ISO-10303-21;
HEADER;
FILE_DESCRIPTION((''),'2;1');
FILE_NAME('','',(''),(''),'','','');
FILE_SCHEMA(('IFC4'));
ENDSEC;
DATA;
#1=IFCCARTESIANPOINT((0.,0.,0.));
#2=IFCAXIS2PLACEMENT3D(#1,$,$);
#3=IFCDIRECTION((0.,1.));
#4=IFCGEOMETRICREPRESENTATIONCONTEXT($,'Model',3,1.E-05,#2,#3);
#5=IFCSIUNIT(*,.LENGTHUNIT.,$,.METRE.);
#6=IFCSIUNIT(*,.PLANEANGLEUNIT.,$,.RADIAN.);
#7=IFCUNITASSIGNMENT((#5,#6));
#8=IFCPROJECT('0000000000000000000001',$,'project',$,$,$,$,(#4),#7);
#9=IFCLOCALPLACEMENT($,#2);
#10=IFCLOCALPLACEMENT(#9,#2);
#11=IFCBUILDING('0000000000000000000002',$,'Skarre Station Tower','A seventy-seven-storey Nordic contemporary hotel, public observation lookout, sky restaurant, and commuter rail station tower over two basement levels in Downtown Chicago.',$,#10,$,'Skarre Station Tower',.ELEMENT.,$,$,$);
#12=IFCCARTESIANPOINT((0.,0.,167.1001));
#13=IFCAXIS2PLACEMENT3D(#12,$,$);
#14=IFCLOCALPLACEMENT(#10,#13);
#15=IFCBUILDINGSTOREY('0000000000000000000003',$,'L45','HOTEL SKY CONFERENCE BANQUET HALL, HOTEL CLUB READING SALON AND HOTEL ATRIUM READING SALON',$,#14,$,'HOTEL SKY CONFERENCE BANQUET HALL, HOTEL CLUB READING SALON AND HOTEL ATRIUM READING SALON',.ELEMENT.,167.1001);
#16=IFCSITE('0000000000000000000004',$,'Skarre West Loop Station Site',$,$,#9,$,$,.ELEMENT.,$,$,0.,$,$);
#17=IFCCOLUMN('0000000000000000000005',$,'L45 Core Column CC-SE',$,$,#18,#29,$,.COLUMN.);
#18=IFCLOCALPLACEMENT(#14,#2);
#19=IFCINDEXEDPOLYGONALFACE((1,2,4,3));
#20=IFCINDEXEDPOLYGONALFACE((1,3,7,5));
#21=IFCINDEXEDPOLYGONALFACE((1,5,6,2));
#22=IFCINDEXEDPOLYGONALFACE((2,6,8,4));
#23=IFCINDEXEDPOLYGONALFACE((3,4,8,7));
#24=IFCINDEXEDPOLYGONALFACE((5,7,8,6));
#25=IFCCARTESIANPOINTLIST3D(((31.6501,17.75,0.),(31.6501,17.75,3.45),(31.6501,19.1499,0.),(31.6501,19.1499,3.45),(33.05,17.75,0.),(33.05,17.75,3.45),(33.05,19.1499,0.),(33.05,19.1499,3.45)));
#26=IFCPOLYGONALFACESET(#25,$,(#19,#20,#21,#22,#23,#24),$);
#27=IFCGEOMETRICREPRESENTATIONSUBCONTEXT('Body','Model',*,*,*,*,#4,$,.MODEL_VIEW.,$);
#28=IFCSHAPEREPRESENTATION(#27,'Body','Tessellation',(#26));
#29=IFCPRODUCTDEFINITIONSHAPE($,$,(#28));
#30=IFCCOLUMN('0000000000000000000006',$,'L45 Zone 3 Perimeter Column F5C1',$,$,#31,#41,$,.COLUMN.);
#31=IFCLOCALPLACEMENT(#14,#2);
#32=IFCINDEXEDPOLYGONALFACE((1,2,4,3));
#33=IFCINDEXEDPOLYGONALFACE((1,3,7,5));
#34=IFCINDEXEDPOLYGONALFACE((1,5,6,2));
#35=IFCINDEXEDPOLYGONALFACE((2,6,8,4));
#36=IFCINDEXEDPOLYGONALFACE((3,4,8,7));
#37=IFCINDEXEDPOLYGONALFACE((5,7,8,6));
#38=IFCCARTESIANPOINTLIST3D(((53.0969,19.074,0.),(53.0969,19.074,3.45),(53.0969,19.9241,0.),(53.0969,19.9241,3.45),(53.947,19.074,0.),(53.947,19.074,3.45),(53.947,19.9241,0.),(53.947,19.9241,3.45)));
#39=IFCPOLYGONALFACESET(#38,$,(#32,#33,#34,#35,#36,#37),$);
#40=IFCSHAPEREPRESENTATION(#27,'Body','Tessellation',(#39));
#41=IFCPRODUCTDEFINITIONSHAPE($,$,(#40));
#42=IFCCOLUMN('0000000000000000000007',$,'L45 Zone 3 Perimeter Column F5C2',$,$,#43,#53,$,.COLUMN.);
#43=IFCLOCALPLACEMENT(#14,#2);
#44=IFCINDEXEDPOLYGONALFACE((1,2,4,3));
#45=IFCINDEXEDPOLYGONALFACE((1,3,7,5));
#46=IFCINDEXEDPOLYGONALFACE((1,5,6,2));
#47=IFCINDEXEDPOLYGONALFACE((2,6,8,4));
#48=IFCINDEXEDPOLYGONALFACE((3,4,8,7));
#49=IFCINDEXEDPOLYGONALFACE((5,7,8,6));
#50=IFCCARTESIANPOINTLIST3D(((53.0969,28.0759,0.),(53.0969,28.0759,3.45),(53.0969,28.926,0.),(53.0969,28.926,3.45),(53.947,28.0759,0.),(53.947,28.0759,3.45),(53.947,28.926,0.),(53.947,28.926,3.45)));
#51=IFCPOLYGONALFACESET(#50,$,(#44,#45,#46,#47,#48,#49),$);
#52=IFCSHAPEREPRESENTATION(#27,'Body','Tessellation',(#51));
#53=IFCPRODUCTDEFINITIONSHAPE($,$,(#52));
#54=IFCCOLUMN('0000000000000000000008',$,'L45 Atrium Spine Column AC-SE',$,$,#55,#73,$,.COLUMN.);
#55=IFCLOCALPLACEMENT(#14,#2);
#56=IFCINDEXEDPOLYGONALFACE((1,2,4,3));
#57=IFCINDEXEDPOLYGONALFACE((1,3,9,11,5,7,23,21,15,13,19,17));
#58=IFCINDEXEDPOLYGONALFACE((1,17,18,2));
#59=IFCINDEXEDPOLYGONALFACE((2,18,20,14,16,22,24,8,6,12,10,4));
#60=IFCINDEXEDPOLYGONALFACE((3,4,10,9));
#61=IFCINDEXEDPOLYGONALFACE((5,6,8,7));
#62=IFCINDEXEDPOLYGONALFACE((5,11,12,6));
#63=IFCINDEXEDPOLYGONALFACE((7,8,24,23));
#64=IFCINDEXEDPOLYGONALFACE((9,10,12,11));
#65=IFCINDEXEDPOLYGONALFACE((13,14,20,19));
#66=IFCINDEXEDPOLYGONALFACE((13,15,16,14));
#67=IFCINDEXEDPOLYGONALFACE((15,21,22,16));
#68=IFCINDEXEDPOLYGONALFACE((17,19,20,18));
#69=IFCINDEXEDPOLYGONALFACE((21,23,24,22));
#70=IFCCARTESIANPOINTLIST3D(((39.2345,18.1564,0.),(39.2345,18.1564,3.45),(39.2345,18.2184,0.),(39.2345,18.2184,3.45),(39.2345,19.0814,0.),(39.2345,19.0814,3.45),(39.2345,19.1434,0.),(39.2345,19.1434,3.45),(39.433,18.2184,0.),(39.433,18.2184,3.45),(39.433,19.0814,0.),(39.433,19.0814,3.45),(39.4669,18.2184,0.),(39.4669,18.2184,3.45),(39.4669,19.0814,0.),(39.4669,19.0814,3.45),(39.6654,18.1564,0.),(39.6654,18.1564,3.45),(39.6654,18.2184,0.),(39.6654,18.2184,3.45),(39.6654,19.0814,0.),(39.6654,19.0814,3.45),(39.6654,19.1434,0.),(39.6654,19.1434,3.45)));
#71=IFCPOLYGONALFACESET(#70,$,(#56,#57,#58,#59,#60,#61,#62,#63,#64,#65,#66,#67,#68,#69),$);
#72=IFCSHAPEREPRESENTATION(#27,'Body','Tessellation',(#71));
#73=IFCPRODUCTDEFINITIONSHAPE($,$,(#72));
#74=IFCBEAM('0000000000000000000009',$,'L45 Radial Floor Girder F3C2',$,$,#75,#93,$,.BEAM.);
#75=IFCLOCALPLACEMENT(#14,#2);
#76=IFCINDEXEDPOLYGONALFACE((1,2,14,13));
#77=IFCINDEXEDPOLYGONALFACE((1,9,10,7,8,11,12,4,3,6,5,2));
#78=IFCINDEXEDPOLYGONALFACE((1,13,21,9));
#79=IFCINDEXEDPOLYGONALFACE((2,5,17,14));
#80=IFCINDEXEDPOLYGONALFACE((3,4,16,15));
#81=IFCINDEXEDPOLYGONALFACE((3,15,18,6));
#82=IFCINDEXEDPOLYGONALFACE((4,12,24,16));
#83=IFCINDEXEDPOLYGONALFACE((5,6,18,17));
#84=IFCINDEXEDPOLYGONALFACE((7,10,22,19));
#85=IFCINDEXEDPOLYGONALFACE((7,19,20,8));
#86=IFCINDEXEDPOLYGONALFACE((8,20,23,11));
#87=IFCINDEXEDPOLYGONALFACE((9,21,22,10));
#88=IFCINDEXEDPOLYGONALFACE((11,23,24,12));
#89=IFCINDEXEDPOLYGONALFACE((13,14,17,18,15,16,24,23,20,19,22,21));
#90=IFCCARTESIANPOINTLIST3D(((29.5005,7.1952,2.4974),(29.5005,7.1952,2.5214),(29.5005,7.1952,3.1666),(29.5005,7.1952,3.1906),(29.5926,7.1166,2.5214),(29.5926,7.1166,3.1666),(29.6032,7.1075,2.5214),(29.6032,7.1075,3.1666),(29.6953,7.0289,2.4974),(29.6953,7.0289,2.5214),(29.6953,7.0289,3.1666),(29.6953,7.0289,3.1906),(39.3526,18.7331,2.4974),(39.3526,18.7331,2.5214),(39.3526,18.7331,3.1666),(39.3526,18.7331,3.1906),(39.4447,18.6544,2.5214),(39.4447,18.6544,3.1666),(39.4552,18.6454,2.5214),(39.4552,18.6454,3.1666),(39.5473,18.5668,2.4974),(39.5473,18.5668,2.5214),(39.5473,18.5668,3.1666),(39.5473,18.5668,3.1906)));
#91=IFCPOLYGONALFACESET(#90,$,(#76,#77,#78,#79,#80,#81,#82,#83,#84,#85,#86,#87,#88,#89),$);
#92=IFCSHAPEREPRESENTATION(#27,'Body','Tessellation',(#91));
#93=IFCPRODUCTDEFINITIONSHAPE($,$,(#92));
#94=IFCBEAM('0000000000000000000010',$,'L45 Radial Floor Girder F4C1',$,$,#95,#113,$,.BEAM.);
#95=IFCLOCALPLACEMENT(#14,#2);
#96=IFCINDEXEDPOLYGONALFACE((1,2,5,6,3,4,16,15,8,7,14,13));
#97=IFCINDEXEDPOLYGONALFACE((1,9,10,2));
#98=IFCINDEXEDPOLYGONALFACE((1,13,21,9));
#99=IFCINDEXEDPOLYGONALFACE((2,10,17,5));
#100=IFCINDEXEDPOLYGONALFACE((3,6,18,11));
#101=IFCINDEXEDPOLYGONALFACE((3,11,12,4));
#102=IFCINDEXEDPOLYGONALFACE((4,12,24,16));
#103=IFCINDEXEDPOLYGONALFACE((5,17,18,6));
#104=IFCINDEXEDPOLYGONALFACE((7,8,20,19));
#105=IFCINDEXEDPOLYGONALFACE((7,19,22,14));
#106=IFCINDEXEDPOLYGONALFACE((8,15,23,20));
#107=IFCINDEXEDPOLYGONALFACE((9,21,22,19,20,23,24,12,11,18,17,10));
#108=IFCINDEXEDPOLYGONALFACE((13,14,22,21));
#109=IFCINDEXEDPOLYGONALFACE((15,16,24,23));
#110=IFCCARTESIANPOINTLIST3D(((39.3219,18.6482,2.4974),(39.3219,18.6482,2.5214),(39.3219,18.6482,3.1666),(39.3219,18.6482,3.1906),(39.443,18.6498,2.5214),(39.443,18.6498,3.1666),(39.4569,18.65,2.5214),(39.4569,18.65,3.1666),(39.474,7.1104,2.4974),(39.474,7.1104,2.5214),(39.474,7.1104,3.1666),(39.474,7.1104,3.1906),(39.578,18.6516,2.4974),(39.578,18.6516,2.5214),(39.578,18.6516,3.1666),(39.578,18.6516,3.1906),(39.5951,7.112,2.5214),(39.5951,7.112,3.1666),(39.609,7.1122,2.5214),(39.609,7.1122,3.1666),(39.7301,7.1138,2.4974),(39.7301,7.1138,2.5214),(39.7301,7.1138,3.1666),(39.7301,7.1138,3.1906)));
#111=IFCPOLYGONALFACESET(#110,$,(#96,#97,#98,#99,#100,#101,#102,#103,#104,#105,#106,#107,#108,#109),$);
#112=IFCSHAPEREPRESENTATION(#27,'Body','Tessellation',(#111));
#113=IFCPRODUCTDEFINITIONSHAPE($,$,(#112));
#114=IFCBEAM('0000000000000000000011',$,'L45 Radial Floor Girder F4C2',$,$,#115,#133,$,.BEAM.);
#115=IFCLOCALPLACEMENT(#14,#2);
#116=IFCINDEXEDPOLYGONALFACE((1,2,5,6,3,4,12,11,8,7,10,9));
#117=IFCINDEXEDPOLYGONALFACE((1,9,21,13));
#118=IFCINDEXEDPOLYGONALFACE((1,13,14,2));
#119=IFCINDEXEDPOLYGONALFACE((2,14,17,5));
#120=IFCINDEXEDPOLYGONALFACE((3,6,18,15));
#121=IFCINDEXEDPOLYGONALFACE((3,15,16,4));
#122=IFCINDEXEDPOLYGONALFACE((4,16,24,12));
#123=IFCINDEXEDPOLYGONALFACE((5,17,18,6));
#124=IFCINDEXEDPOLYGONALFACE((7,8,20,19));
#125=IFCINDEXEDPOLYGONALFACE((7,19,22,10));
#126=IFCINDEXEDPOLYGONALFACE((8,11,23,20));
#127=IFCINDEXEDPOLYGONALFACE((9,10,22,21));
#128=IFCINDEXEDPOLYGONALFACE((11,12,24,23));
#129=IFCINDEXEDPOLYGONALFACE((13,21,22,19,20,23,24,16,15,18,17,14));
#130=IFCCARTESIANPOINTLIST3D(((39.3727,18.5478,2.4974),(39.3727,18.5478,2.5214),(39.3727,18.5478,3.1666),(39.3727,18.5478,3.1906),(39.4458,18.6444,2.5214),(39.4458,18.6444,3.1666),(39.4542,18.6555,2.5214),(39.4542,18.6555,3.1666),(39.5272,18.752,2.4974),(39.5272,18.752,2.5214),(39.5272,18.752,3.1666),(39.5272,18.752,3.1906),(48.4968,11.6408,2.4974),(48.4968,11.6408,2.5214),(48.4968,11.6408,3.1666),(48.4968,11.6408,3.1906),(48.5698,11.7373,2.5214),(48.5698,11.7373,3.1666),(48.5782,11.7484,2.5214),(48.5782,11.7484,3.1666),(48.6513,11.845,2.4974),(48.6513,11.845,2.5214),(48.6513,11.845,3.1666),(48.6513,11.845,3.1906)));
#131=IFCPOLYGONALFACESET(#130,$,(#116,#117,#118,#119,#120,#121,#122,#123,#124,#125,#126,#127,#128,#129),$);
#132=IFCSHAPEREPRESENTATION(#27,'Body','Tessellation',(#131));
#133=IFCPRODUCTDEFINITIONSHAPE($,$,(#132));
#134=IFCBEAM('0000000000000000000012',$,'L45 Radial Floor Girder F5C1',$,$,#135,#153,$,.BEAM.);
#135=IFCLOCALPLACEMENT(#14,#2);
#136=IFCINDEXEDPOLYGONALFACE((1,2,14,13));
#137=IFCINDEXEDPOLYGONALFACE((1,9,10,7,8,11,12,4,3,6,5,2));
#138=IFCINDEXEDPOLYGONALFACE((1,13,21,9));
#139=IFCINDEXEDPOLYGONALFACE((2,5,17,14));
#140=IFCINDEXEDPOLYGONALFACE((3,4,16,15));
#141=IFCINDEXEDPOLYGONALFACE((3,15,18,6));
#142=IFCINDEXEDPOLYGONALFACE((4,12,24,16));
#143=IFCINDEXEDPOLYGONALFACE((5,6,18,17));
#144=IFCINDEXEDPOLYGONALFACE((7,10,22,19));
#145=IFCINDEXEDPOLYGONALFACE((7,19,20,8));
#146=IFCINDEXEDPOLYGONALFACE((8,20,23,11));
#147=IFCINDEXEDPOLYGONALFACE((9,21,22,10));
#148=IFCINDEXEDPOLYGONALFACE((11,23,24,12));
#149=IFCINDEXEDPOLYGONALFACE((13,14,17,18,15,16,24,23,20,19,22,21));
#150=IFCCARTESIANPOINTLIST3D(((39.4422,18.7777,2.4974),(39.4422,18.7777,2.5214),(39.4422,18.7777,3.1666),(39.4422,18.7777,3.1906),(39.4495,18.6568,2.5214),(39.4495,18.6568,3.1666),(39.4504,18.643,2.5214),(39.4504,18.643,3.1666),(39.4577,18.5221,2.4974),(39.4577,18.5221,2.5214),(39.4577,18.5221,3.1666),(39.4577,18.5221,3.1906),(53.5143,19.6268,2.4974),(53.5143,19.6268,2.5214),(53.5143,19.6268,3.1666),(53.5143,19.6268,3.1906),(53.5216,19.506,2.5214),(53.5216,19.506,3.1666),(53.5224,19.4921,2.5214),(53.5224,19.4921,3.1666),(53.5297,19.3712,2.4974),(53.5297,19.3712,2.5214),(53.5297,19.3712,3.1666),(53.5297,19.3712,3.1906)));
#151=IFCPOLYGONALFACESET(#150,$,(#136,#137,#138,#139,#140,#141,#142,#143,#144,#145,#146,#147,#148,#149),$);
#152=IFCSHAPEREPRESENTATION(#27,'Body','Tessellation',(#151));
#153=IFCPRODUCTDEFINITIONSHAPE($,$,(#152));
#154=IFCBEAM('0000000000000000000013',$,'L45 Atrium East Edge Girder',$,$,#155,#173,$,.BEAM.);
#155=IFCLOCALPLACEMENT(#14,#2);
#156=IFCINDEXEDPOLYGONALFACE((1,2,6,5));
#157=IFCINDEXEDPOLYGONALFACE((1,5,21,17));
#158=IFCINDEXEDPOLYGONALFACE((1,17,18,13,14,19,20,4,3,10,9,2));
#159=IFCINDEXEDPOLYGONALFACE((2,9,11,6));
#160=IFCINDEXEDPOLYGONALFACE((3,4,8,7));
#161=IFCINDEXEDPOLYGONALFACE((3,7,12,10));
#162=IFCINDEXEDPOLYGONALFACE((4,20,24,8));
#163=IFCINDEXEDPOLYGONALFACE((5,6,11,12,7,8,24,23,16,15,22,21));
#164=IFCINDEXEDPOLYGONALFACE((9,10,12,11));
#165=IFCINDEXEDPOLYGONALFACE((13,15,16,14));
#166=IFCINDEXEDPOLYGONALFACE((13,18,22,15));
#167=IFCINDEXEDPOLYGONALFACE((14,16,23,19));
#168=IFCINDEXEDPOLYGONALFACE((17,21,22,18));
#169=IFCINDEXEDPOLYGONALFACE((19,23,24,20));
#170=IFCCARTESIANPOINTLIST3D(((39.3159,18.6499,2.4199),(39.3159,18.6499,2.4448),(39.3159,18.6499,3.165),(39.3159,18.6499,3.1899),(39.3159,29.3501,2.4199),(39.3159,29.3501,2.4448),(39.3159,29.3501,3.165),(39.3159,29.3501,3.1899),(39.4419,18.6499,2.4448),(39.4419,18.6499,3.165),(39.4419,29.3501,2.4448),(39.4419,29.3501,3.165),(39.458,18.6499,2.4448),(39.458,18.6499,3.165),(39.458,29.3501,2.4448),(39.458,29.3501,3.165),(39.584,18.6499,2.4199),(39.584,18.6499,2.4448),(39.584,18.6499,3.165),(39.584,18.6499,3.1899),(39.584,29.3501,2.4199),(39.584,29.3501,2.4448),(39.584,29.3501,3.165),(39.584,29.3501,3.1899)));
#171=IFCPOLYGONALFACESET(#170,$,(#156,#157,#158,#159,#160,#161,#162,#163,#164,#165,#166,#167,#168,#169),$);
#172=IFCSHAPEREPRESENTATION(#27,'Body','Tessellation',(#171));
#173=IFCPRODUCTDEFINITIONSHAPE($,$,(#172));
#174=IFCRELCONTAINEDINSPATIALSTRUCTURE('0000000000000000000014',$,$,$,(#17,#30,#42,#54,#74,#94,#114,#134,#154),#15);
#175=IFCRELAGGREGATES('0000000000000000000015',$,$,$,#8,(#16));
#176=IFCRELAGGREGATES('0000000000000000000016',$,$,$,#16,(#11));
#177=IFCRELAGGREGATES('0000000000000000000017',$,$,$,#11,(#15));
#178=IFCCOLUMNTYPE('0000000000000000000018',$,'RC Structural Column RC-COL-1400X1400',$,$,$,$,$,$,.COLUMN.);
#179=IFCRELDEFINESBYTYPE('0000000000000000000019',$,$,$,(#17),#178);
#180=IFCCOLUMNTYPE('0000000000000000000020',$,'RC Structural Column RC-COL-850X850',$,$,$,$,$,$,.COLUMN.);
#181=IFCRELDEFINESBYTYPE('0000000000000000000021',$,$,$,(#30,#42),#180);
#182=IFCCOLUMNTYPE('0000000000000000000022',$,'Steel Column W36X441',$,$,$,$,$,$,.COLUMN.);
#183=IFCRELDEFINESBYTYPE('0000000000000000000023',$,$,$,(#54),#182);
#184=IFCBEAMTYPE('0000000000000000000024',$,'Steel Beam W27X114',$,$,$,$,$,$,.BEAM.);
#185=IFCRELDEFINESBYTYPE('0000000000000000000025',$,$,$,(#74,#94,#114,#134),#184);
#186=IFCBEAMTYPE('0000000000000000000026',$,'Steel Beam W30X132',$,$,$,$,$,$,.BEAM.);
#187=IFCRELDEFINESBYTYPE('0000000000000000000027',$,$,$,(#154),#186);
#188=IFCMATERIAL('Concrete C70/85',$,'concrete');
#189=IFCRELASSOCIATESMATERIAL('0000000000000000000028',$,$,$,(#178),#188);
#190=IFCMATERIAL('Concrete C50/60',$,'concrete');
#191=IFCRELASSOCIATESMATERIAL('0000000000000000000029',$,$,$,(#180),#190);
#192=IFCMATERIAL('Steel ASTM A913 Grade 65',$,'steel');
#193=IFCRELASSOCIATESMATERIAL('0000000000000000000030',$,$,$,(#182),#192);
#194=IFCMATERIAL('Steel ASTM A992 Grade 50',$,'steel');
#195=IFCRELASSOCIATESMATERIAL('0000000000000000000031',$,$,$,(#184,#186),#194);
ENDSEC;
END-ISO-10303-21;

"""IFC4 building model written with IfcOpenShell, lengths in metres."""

from ifc_helpers import new_model, si_unit, direction, frame, origin, origin_2d, place, context, subcontext, project, spatial, rectangle, i_section, extrude, material, material_profile, profile_set, type_object, element, save


model = new_model("IFC4")

# Units and contexts
model_context = context("Model", 3, precision=1e-05, world=origin(), true_north=direction((0.0, 1.0)))
body_context = subcontext(model_context, "Body", "Model", "MODEL_VIEW")
ifc_project = project(units=[si_unit("LENGTHUNIT", "METRE"), si_unit("PLANEANGLEUNIT", "RADIAN")], contexts=[model_context])

# Site, building, storey
site_placement = place(None, origin())
site = spatial("IfcSite", under=ifc_project, at=site_placement, Name="Skarre West Loop Station Site", CompositionType="ELEMENT", RefElevation=0.0)
building_placement = place(site_placement, origin())
building = spatial("IfcBuilding", under=site, at=building_placement, Name="Skarre Station Tower", Description="A seventy-seven-storey Nordic contemporary hotel, public observation lookout, sky restaurant, and commuter rail station tower over two basement levels in Downtown Chicago.", LongName="Skarre Station Tower", CompositionType="ELEMENT")
storey_placement = place(building_placement, frame((0.0, 0.0, 167.1001)))
storey = spatial("IfcBuildingStorey", under=building, at=storey_placement, Name="L45", Description="HOTEL SKY CONFERENCE BANQUET HALL, HOTEL CLUB READING SALON AND HOTEL ATRIUM READING SALON", LongName="HOTEL SKY CONFERENCE BANQUET HALL, HOTEL CLUB READING SALON AND HOTEL ATRIUM READING SALON", CompositionType="ELEMENT", Elevation=167.1001)

# Columns
ifc_material_1 = material(Name="Concrete C70/85", Category="concrete")
ifc_material_profile_1 = material_profile(ifc_material_1, rectangle(XDim=1.3999, YDim=1.3999, at=origin_2d()), Name="Concrete C70/85")
ifc_profile_set_1 = profile_set([ifc_material_profile_1], Name="Concrete C70/85")
column_type_1 = type_object("IfcColumnType", Name="RC Structural Column RC-COL-1400X1400", PredefinedType="COLUMN", material=ifc_profile_set_1)
column_1_placement = place(storey_placement, frame((32.3501, 18.45, 0.0), z_axis=(0.0, 0.0, 1.0), x_axis=(1.0, 0.0, 0.0)))
element("IfcColumn", 1, at=column_1_placement, inside=storey, type_object=column_type_1, Name="L45 Core Column CC-SE", PredefinedType="COLUMN", context=body_context, shape_type="SweptSolid", body=[
    extrude(rectangle(XDim=1.3999, YDim=1.3999, at=origin_2d()), origin(), (0.0, 0.0, 1.0), 3.45),
])
ifc_material_2 = material(Name="Concrete C50/60", Category="concrete")
ifc_material_profile_2 = material_profile(ifc_material_2, rectangle(XDim=0.8501, YDim=0.8501, at=origin_2d()), Name="Concrete C50/60")
ifc_profile_set_2 = profile_set([ifc_material_profile_2], Name="Concrete C50/60")
column_type_2 = type_object("IfcColumnType", Name="RC Structural Column RC-COL-850X850", PredefinedType="COLUMN", material=ifc_profile_set_2)
for number, where, z_axis, x_axis, name in (
    (2, (53.522, 19.499, 0.0), (0.0, 0.0, 1.0), (1.0, 0.0, 0.0), "L45 Zone 3 Perimeter Column F5C1"),
    (3, (53.522, 28.501, 0.0), (0.0, 0.0, 1.0), (1.0, 0.0, 0.0), "L45 Zone 3 Perimeter Column F5C2"),
):
    element("IfcColumn", number, at=place(storey_placement, frame(where, z_axis=z_axis, x_axis=x_axis)), inside=storey, type_object=column_type_2, Name=name, PredefinedType="COLUMN", context=body_context, shape_type="SweptSolid", body=[
        extrude(rectangle(XDim=0.8501, YDim=0.8501, at=origin_2d()), origin(), (0.0, 0.0, 1.0), 3.45),
    ])
ifc_material_3 = material(Name="Steel ASTM A913 Grade 65", Category="steel")
ifc_material_profile_3 = material_profile(ifc_material_3, i_section(OverallWidth=0.4309, OverallDepth=0.9871, WebThickness=0.0339, FlangeThickness=0.062, at=origin_2d()), Name="Steel ASTM A913 Grade 65")
ifc_profile_set_3 = profile_set([ifc_material_profile_3], Name="Steel ASTM A913 Grade 65")
column_type_3 = type_object("IfcColumnType", Name="Steel Column W36X441", PredefinedType="COLUMN", material=ifc_profile_set_3)
column_2_placement = place(storey_placement, frame((39.45, 18.6499, 0.0), z_axis=(0.0, 0.0, 1.0), x_axis=(1.0, 0.0, 0.0)))
element("IfcColumn", 4, at=column_2_placement, inside=storey, type_object=column_type_3, Name="L45 Atrium Spine Column AC-SE", PredefinedType="COLUMN", context=body_context, shape_type="SweptSolid", body=[
    extrude(i_section(OverallWidth=0.4309, OverallDepth=0.9871, WebThickness=0.0339, FlangeThickness=0.062, at=origin_2d()), origin(), (0.0, 0.0, 1.0), 3.45),
])

# Beams
ifc_material_4 = material(Name="Steel ASTM A992 Grade 50", Category="steel")
ifc_material_profile_4 = material_profile(ifc_material_4, i_section(OverallWidth=0.2561, OverallDepth=0.6931, WebThickness=0.0139, FlangeThickness=0.0239, at=origin_2d()), Name="Steel ASTM A992 Grade 50")
ifc_profile_set_4 = profile_set([ifc_material_profile_4], Name="Steel ASTM A992 Grade 50")
beam_type_1 = type_object("IfcBeamType", Name="Steel Beam W27X114", PredefinedType="BEAM", material=ifc_profile_set_4)
beam_1_placement = place(storey_placement, frame((39.45, 18.6499, 2.844), z_axis=(-0.649364, -0.760477, 0.0), x_axis=(0.760477, -0.649364, 0.0)))
element("IfcBeam", 5, at=beam_1_placement, inside=storey, type_object=beam_type_1, Name="L45 Radial Floor Girder F3C2", PredefinedType="BEAM", context=body_context, shape_type="SweptSolid", body=[
    extrude(i_section(OverallWidth=0.2561, OverallDepth=0.6931, WebThickness=0.0139, FlangeThickness=0.0239, at=origin_2d()), origin(), (0.0, 0.0, 1.0), 15.1719),
])
beam_2_placement = place(storey_placement, frame((39.45, 18.6499, 2.844), z_axis=(0.013182, -0.999913, 0.0), x_axis=(0.999913, 0.013182, 0.0)))
element("IfcBeam", 6, at=beam_2_placement, inside=storey, type_object=beam_type_1, Name="L45 Radial Floor Girder F4C1", PredefinedType="BEAM", context=body_context, shape_type="SweptSolid", body=[
    extrude(i_section(OverallWidth=0.2561, OverallDepth=0.6931, WebThickness=0.0139, FlangeThickness=0.0239, at=origin_2d()), origin(), (0.0, 0.0, 1.0), 11.5388),
])
beam_3_placement = place(storey_placement, frame((39.45, 18.6499, 2.844), z_axis=(0.797309, -0.603571, 0.0), x_axis=(0.603571, 0.797309, 0.0)))
element("IfcBeam", 7, at=beam_3_placement, inside=storey, type_object=beam_type_1, Name="L45 Radial Floor Girder F4C2", PredefinedType="BEAM", context=body_context, shape_type="SweptSolid", body=[
    extrude(i_section(OverallWidth=0.2561, OverallDepth=0.6931, WebThickness=0.0139, FlangeThickness=0.0239, at=origin_2d()), origin(), (0.0, 0.0, 1.0), 11.4436),
])
beam_4_placement = place(storey_placement, frame((39.45, 18.6499, 2.844), z_axis=(0.998184, 0.060232, 0.0), x_axis=(-0.060232, 0.998184, 0.0)))
element("IfcBeam", 8, at=beam_4_placement, inside=storey, type_object=beam_type_1, Name="L45 Radial Floor Girder F5C1", PredefinedType="BEAM", context=body_context, shape_type="SweptSolid", body=[
    extrude(i_section(OverallWidth=0.2561, OverallDepth=0.6931, WebThickness=0.0139, FlangeThickness=0.0239, at=origin_2d()), origin(), (0.0, 0.0, 1.0), 14.0977),
])
ifc_material_profile_5 = material_profile(ifc_material_4, i_section(OverallWidth=0.2681, OverallDepth=0.77, WebThickness=0.0161, FlangeThickness=0.0249, at=origin_2d()), Name="Steel ASTM A992 Grade 50")
ifc_profile_set_5 = profile_set([ifc_material_profile_5], Name="Steel ASTM A992 Grade 50")
beam_type_2 = type_object("IfcBeamType", Name="Steel Beam W30X132", PredefinedType="BEAM", material=ifc_profile_set_5)
beam_5_placement = place(storey_placement, frame((39.45, 18.6499, 2.8049), z_axis=(0.0, 1.0, 0.0), x_axis=(-1.0, 0.0, 0.0)))
element("IfcBeam", 9, at=beam_5_placement, inside=storey, type_object=beam_type_2, Name="L45 Atrium East Edge Girder", PredefinedType="BEAM", context=body_context, shape_type="SweptSolid", body=[
    extrude(i_section(OverallWidth=0.2681, OverallDepth=0.77, WebThickness=0.0161, FlangeThickness=0.0249, at=origin_2d()), origin(), (0.0, 0.0, 1.0), 10.7002),
])

save(model, "model.ifc")
